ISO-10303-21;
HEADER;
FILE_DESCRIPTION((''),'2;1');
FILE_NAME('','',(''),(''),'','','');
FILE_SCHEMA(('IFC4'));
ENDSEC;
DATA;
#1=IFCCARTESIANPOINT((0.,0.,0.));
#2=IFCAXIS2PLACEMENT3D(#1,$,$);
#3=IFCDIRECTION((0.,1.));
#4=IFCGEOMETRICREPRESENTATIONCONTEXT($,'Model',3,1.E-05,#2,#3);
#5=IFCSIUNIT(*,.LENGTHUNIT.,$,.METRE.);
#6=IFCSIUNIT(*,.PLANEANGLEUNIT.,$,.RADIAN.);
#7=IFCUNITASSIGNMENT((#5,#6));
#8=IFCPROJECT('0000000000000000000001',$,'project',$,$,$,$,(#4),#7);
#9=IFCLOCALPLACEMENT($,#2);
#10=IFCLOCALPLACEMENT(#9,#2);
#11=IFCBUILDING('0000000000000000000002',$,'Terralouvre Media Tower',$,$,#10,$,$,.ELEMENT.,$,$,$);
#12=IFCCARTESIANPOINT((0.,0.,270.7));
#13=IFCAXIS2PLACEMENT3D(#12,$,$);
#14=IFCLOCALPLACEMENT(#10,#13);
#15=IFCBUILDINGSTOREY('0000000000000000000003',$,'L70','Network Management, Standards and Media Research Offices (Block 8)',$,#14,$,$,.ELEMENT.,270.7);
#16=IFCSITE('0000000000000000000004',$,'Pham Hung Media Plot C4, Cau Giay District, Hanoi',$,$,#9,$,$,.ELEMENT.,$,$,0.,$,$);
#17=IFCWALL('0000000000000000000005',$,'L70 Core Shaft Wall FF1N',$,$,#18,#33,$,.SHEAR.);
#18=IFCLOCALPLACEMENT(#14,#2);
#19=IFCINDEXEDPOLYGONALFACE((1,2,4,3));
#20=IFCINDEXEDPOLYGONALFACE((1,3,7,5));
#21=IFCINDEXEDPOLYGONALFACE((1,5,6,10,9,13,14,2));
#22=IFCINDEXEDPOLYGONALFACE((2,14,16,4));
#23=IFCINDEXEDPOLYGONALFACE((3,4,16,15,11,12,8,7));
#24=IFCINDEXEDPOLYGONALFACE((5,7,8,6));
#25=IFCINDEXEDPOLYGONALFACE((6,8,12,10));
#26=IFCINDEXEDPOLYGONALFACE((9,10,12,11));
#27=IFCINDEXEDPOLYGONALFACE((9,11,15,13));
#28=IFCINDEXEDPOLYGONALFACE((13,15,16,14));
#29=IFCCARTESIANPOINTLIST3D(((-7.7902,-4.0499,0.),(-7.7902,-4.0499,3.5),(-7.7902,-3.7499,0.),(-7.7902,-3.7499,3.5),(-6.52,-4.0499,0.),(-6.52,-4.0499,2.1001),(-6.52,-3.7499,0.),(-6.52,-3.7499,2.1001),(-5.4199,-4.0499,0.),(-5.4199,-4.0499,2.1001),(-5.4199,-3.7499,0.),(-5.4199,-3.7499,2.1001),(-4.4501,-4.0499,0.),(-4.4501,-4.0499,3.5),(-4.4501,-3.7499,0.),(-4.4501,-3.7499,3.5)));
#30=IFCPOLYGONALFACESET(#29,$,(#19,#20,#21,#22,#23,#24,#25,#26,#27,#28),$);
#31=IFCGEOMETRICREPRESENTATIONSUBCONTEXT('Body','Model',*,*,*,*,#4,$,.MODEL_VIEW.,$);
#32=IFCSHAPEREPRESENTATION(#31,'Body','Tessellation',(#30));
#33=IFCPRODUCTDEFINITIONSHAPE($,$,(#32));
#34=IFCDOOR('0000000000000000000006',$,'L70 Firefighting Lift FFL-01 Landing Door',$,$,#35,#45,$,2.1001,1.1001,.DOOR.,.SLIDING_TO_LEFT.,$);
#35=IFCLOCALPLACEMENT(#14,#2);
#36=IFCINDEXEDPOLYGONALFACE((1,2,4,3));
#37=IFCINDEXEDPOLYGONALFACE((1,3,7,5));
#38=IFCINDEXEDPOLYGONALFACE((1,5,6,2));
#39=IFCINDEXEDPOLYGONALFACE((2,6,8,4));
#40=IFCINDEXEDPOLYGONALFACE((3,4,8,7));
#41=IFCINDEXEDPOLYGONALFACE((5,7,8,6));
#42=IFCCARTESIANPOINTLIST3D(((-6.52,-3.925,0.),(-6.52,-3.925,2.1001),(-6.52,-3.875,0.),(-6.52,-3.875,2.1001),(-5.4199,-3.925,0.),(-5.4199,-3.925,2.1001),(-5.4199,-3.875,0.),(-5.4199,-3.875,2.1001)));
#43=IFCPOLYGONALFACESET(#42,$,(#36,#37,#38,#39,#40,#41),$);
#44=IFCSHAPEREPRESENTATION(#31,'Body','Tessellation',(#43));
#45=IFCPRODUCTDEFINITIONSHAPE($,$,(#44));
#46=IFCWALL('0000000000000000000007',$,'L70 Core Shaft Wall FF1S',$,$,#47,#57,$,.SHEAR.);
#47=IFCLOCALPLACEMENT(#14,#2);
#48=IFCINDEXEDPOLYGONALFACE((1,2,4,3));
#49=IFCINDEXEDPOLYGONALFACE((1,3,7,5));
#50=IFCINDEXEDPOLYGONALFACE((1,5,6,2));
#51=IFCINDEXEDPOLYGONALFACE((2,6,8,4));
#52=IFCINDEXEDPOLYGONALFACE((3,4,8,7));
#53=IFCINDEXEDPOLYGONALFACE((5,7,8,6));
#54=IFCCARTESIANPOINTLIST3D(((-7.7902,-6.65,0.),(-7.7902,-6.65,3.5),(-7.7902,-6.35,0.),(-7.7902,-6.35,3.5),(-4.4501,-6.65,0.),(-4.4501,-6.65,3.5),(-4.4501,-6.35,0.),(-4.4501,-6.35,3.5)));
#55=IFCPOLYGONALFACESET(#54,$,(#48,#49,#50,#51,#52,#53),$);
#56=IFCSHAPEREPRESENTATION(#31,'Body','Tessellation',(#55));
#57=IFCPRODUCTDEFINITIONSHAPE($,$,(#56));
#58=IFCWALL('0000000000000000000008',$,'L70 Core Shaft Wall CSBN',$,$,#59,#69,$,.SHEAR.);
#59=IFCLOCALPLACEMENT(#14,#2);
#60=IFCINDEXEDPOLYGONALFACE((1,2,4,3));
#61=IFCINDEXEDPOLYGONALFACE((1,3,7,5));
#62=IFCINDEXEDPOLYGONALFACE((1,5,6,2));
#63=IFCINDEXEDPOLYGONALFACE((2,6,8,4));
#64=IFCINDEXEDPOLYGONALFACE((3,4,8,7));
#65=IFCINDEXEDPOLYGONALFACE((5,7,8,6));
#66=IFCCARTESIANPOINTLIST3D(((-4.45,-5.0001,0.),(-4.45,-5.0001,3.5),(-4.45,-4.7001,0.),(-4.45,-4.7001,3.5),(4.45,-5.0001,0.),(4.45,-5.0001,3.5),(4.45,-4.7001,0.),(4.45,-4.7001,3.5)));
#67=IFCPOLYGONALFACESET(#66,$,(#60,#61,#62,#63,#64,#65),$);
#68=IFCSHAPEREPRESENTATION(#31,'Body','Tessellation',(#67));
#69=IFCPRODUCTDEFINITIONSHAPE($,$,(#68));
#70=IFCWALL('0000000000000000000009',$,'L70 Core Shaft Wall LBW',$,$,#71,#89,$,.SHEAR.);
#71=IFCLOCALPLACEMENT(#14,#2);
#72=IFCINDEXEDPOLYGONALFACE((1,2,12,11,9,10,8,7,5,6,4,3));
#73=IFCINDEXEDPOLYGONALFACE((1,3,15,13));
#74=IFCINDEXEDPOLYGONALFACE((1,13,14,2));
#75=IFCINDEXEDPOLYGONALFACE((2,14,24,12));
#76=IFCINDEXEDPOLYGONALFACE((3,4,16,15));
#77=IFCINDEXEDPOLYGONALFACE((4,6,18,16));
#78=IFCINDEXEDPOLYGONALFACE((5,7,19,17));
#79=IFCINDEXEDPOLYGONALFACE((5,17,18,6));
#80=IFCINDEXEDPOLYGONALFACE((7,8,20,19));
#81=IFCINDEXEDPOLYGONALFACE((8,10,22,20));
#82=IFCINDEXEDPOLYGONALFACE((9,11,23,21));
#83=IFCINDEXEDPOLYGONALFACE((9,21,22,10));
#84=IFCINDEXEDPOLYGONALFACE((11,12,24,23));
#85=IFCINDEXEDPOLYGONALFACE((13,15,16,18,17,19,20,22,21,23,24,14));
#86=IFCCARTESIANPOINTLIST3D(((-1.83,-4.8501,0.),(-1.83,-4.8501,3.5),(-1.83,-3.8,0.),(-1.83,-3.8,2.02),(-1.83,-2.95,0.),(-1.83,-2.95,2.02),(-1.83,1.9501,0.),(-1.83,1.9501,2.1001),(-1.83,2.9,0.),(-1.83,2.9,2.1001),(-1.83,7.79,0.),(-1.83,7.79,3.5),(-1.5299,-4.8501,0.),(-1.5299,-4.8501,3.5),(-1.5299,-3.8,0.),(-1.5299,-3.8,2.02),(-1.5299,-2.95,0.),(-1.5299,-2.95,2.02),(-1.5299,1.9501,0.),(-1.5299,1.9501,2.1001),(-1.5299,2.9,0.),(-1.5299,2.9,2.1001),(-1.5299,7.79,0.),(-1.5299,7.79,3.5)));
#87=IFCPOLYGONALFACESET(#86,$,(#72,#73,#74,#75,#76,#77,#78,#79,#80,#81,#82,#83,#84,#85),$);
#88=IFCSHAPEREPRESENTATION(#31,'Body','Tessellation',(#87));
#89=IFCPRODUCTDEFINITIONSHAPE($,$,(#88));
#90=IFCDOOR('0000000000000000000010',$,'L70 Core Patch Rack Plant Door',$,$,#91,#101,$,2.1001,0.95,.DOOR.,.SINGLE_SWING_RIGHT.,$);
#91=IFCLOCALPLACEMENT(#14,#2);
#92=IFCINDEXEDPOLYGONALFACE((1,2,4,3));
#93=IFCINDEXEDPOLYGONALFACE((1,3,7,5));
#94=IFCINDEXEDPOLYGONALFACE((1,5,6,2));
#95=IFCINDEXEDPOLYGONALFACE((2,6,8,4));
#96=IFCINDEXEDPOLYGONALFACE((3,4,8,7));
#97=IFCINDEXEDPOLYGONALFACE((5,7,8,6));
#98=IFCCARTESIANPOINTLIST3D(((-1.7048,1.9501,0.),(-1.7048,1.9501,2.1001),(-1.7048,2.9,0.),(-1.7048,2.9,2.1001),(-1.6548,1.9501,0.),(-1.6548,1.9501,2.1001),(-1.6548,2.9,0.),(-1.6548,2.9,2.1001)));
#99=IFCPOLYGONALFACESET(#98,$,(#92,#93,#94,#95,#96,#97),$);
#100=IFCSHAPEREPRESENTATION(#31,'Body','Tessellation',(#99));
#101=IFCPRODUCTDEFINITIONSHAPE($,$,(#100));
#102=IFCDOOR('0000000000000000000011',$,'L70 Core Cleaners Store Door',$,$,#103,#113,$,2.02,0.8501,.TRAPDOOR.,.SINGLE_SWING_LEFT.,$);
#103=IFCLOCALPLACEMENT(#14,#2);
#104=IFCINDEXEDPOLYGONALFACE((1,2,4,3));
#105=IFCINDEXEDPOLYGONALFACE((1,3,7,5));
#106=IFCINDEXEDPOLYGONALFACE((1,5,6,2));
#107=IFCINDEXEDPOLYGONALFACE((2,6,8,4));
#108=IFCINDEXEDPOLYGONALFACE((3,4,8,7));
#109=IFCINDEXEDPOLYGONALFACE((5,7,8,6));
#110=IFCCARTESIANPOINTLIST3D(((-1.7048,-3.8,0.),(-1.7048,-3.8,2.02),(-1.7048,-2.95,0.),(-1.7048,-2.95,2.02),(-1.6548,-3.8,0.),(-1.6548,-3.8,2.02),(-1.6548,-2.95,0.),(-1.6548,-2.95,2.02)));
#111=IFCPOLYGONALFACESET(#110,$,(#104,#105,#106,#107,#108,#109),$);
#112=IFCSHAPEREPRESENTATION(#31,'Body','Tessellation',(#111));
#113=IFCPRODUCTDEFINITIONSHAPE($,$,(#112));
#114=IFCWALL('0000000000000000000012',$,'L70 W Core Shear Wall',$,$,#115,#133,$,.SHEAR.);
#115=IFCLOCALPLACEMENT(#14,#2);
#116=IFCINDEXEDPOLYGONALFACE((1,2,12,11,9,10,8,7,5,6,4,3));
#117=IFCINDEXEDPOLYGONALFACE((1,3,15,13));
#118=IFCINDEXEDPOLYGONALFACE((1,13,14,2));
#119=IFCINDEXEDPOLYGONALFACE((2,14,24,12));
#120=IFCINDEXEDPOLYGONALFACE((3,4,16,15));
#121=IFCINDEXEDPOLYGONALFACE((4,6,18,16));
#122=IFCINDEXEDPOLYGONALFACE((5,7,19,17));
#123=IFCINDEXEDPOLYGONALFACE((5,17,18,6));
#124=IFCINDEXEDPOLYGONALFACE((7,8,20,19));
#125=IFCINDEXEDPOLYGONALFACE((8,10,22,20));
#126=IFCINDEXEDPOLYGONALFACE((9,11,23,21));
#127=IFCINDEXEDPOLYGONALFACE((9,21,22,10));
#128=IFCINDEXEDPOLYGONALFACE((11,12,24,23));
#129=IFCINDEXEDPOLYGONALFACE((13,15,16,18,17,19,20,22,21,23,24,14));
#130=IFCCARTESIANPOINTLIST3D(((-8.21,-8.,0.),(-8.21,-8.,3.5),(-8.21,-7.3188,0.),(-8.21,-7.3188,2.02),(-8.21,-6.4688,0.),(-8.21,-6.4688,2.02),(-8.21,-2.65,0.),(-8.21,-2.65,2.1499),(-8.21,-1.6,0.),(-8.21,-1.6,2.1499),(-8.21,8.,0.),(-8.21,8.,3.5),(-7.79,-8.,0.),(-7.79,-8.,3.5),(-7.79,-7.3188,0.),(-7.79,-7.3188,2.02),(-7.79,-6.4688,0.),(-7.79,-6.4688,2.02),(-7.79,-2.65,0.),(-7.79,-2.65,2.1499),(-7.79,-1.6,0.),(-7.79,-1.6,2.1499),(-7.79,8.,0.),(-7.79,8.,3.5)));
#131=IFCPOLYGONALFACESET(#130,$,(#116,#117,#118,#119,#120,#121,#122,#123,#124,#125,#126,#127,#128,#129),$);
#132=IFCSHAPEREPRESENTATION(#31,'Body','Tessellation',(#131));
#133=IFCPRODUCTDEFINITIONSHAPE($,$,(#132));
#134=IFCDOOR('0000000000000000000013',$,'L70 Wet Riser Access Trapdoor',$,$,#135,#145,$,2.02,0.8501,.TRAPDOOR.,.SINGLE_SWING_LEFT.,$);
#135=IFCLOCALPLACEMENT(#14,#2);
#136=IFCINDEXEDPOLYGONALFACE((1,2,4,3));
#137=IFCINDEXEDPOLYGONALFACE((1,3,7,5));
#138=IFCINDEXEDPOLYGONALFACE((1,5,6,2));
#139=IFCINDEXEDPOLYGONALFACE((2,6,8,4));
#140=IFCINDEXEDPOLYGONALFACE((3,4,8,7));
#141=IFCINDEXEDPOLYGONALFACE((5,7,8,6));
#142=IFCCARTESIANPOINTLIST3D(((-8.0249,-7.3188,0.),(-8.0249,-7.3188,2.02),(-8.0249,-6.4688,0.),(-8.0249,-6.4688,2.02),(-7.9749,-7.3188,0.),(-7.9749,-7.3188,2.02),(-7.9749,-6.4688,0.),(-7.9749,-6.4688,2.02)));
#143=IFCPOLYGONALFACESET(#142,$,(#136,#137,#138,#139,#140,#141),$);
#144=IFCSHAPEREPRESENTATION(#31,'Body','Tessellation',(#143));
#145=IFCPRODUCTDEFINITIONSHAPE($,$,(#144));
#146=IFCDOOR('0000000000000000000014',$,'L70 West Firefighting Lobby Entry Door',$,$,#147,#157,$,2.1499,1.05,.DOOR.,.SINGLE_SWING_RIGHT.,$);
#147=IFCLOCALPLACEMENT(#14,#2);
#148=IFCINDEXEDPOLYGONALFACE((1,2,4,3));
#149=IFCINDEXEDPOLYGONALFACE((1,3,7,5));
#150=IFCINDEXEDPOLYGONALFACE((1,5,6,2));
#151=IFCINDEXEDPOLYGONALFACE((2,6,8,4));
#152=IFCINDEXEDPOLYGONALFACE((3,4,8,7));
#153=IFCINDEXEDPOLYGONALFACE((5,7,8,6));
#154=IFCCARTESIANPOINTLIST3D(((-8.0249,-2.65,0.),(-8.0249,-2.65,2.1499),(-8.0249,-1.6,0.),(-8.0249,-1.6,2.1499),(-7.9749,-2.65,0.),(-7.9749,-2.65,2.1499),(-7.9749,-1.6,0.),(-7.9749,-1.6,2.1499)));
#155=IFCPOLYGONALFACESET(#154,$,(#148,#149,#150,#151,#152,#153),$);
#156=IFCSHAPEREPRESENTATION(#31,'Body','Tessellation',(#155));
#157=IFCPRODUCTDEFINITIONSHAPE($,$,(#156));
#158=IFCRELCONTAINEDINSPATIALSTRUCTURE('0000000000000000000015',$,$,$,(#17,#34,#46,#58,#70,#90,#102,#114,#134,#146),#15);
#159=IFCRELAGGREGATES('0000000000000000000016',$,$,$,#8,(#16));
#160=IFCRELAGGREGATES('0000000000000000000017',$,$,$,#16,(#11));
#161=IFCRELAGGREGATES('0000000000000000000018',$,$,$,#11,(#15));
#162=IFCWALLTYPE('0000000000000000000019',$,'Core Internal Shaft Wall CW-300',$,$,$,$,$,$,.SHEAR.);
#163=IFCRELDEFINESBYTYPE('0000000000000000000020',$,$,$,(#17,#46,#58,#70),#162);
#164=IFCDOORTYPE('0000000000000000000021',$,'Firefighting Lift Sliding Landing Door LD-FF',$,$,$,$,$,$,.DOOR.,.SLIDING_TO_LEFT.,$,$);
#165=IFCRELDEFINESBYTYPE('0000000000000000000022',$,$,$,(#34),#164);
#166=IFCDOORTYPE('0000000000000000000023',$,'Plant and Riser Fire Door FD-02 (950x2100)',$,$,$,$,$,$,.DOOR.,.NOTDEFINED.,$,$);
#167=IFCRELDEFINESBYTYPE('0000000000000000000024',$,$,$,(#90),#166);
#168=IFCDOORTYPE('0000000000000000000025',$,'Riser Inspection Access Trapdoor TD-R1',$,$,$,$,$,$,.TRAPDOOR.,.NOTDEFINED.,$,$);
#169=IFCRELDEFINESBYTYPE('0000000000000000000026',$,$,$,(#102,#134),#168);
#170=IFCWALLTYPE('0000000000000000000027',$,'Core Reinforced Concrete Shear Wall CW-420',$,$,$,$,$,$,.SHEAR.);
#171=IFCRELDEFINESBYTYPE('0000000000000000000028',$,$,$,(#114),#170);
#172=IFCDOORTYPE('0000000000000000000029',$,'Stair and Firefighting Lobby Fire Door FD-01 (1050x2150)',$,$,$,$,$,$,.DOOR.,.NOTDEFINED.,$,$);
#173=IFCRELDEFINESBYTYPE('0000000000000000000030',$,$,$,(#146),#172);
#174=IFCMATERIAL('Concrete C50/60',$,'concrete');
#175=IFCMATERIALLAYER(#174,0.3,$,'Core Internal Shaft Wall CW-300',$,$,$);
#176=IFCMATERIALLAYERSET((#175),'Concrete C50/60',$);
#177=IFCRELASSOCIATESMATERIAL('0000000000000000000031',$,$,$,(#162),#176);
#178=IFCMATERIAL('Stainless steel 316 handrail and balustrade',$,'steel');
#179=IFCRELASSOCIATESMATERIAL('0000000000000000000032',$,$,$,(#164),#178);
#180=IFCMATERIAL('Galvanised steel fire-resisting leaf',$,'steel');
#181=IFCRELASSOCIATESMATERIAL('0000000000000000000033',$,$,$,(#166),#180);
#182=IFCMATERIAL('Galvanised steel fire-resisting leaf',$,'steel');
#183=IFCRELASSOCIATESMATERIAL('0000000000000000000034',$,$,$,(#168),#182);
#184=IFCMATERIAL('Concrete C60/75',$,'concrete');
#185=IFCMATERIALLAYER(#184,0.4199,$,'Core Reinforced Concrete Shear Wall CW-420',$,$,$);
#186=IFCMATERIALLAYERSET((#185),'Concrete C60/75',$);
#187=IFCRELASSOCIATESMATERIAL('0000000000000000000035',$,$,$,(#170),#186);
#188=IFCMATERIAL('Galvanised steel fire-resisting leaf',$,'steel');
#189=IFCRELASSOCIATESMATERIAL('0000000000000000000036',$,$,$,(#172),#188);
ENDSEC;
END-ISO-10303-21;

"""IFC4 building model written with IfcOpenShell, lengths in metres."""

from ifc_helpers import new_model, si_unit, direction, frame, frame_2d, origin, place, context, subcontext, project, spatial, rectangle, extrude, material, layer, layer_set, type_object, element, fill, save


model = new_model("IFC4")

# Units and contexts
model_context = context("Model", 3, precision=1e-05, world=origin(), true_north=direction((0.0, 1.0)))
body_context = subcontext(model_context, "Body", "Model", "MODEL_VIEW")
ifc_project = project(units=[si_unit("LENGTHUNIT", "METRE"), si_unit("PLANEANGLEUNIT", "RADIAN")], contexts=[model_context])

# Site, building, storey
site_placement = place(None, origin())
site = spatial("IfcSite", under=ifc_project, at=site_placement, Name="Pham Hung Media Plot C4, Cau Giay District, Hanoi", CompositionType="ELEMENT", RefElevation=0.0)
building_placement = place(site_placement, origin())
building = spatial("IfcBuilding", under=site, at=building_placement, Name="Terralouvre Media Tower", CompositionType="ELEMENT")
storey_placement = place(building_placement, frame((0.0, 0.0, 270.7)))
storey = spatial("IfcBuildingStorey", under=building, at=storey_placement, Name="L70", Description="Network Management, Standards and Media Research Offices (Block 8)", CompositionType="ELEMENT", Elevation=270.7)

# Shared definitions
ifc_material_1 = material(Name="Concrete C50/60", Category="concrete")
ifc_layer_1 = layer(ifc_material_1, 0.3, Name="Core Internal Shaft Wall CW-300")
ifc_layer_set_1 = layer_set([ifc_layer_1], Name="Concrete C50/60")
wall_type_1 = type_object("IfcWallType", Name="Core Internal Shaft Wall CW-300", PredefinedType="SHEAR", material=ifc_layer_set_1)

# Wall, opening, door
wall_1_placement = place(storey_placement, frame((-7.79, -3.8999, 0.0), z_axis=(0.0, 0.0, 1.0), x_axis=(1.0, 0.0, 0.0)))
wall_1 = element("IfcWall", 1, at=wall_1_placement, inside=storey, type_object=wall_type_1, Name="L70 Core Shaft Wall FF1N", PredefinedType="SHEAR", context=body_context, shape_type="SweptSolid", body=[
    extrude(rectangle(XDim=3.3401, YDim=0.3, at=frame_2d((1.6699, 0.0))), origin(), (0.0, 0.0, 1.0), 3.5),
])
opening_1_placement = place(wall_1_placement, frame((1.27, 0.0, 0.0)))
opening_1 = element("IfcOpeningElement", 2, at=opening_1_placement, cuts=wall_1, PredefinedType="OPENING", context=body_context, shape_type="SweptSolid", body=[
    extrude(rectangle(XDim=1.1001, YDim=2.1001, at=frame_2d((0.55, 1.05))), frame((0.0, 0.1599, 0.0), z_axis=(0.0, -1.0, 0.0), x_axis=(1.0, 0.0, 0.0)), (0.0, 0.0, 1.0), 0.3201),
])
ifc_material_2 = material(Name="Stainless steel 316 handrail and balustrade", Category="steel")
door_type_1 = type_object("IfcDoorType", Name="Firefighting Lift Sliding Landing Door LD-FF", OperationType="SLIDING_TO_LEFT", PredefinedType="DOOR", material=ifc_material_2)
door_1_placement = place(opening_1_placement, origin())
door_1 = element("IfcDoor", 3, at=door_1_placement, inside=storey, type_object=door_type_1, Name="L70 Firefighting Lift FFL-01 Landing Door", OperationType="SLIDING_TO_LEFT", OverallHeight=2.1001, OverallWidth=1.1001, PredefinedType="DOOR", context=body_context, shape_type="SweptSolid", body=[
    extrude(rectangle(XDim=1.1001, YDim=2.1001, at=frame_2d((0.55, 1.05))), frame((0.0, 0.0249, 0.0), z_axis=(0.0, -1.0, 0.0), x_axis=(1.0, 0.0, 0.0)), (0.0, 0.0, 1.0), 0.05),
])
fill(opening_1, door_1)

# Walls
wall_2_placement = place(storey_placement, frame((-7.79, -6.5, 0.0), z_axis=(0.0, 0.0, 1.0), x_axis=(1.0, 0.0, 0.0)))
element("IfcWall", 4, at=wall_2_placement, inside=storey, type_object=wall_type_1, Name="L70 Core Shaft Wall FF1S", PredefinedType="SHEAR", context=body_context, shape_type="SweptSolid", body=[
    extrude(rectangle(XDim=3.3401, YDim=0.3, at=frame_2d((1.6699, 0.0))), origin(), (0.0, 0.0, 1.0), 3.5),
])
wall_3_placement = place(storey_placement, frame((-4.45, -4.8501, 0.0), z_axis=(0.0, 0.0, 1.0), x_axis=(1.0, 0.0, 0.0)))
element("IfcWall", 5, at=wall_3_placement, inside=storey, type_object=wall_type_1, Name="L70 Core Shaft Wall CSBN", PredefinedType="SHEAR", context=body_context, shape_type="SweptSolid", body=[
    extrude(rectangle(XDim=8.8999, YDim=0.3, at=frame_2d((4.45, 0.0))), origin(), (0.0, 0.0, 1.0), 3.5),
])

# Walls, openings, doors
wall_4_placement = place(storey_placement, frame((-1.6799, -4.8501, 0.0), z_axis=(0.0, 0.0, 1.0), x_axis=(0.0, 1.0, 0.0)))
wall_4 = element("IfcWall", 6, at=wall_4_placement, inside=storey, type_object=wall_type_1, Name="L70 Core Shaft Wall LBW", PredefinedType="SHEAR", context=body_context, shape_type="SweptSolid", body=[
    extrude(rectangle(XDim=12.6401, YDim=0.3, at=frame_2d((6.3201, 0.0))), origin(), (0.0, 0.0, 1.0), 3.5),
])
opening_2_placement = place(wall_4_placement, frame((1.05, 0.0, 0.0)))
opening_2 = element("IfcOpeningElement", 7, at=opening_2_placement, cuts=wall_4, PredefinedType="OPENING", context=body_context, shape_type="SweptSolid", body=[
    extrude(rectangle(XDim=0.8501, YDim=2.02, at=frame_2d((0.425, 1.01))), frame((0.0, 0.1599, 0.0), z_axis=(0.0, -1.0, 0.0), x_axis=(1.0, 0.0, 0.0)), (0.0, 0.0, 1.0), 0.3201),
])
opening_3_placement = place(wall_4_placement, frame((6.8, 0.0, 0.0)))
opening_3 = element("IfcOpeningElement", 8, at=opening_3_placement, cuts=wall_4, PredefinedType="OPENING", context=body_context, shape_type="SweptSolid", body=[
    extrude(rectangle(XDim=0.95, YDim=2.1001, at=frame_2d((0.4751, 1.05))), frame((0.0, 0.1599, 0.0), z_axis=(0.0, -1.0, 0.0), x_axis=(1.0, 0.0, 0.0)), (0.0, 0.0, 1.0), 0.3201),
])
ifc_material_3 = material(Name="Galvanised steel fire-resisting leaf", Category="steel")
door_type_2 = type_object("IfcDoorType", Name="Plant and Riser Fire Door FD-02 (950x2100)", OperationType="NOTDEFINED", PredefinedType="DOOR", material=ifc_material_3)
door_2_placement = place(opening_3_placement, origin())
door_2 = element("IfcDoor", 9, at=door_2_placement, inside=storey, type_object=door_type_2, Name="L70 Core Patch Rack Plant Door", OperationType="SINGLE_SWING_RIGHT", OverallHeight=2.1001, OverallWidth=0.95, PredefinedType="DOOR", context=body_context, shape_type="SweptSolid", body=[
    extrude(rectangle(XDim=0.95, YDim=2.1001, at=frame_2d((0.4751, 1.05))), frame((0.0, 0.0249, 0.0), z_axis=(0.0, -1.0, 0.0), x_axis=(1.0, 0.0, 0.0)), (0.0, 0.0, 1.0), 0.05),
])
fill(opening_3, door_2)
ifc_material_4 = material(Name="Galvanised steel fire-resisting leaf", Category="steel")
door_type_3 = type_object("IfcDoorType", Name="Riser Inspection Access Trapdoor TD-R1", OperationType="NOTDEFINED", PredefinedType="TRAPDOOR", material=ifc_material_4)
door_3_placement = place(opening_2_placement, origin())
door_3 = element("IfcDoor", 10, at=door_3_placement, inside=storey, type_object=door_type_3, Name="L70 Core Cleaners Store Door", OperationType="SINGLE_SWING_LEFT", OverallHeight=2.02, OverallWidth=0.8501, PredefinedType="TRAPDOOR", context=body_context, shape_type="SweptSolid", body=[
    extrude(rectangle(XDim=0.8501, YDim=2.02, at=frame_2d((0.425, 1.01))), frame((0.0, 0.0249, 0.0), z_axis=(0.0, -1.0, 0.0), x_axis=(1.0, 0.0, 0.0)), (0.0, 0.0, 1.0), 0.05),
])
fill(opening_2, door_3)
ifc_material_5 = material(Name="Concrete C60/75", Category="concrete")
ifc_layer_2 = layer(ifc_material_5, 0.4199, Name="Core Reinforced Concrete Shear Wall CW-420")
ifc_layer_set_2 = layer_set([ifc_layer_2], Name="Concrete C60/75")
wall_type_2 = type_object("IfcWallType", Name="Core Reinforced Concrete Shear Wall CW-420", PredefinedType="SHEAR", material=ifc_layer_set_2)
wall_5_placement = place(storey_placement, frame((-8.0, -8.0, 0.0), z_axis=(0.0, 0.0, 1.0), x_axis=(0.0, 1.0, 0.0)))
wall_5 = element("IfcWall", 11, at=wall_5_placement, inside=storey, type_object=wall_type_2, Name="L70 W Core Shear Wall", PredefinedType="SHEAR", context=body_context, shape_type="SweptSolid", body=[
    extrude(rectangle(XDim=16.0, YDim=0.4199, at=frame_2d((8.0, 0.0))), origin(), (0.0, 0.0, 1.0), 3.5),
])
opening_4_placement = place(wall_5_placement, frame((0.6812, 0.0, 0.0)))
opening_4 = element("IfcOpeningElement", 12, at=opening_4_placement, cuts=wall_5, PredefinedType="OPENING", context=body_context, shape_type="SweptSolid", body=[
    extrude(rectangle(XDim=0.8501, YDim=2.02, at=frame_2d((0.425, 1.01))), frame((0.0, 0.22, 0.0), z_axis=(0.0, -1.0, 0.0), x_axis=(1.0, 0.0, 0.0)), (0.0, 0.0, 1.0), 0.4399),
])
opening_5_placement = place(wall_5_placement, frame((5.3501, 0.0, 0.0)))
opening_5 = element("IfcOpeningElement", 13, at=opening_5_placement, cuts=wall_5, PredefinedType="OPENING", context=body_context, shape_type="SweptSolid", body=[
    extrude(rectangle(XDim=1.05, YDim=2.1499, at=frame_2d((0.5249, 1.075))), frame((0.0, 0.22, 0.0), z_axis=(0.0, -1.0, 0.0), x_axis=(1.0, 0.0, 0.0)), (0.0, 0.0, 1.0), 0.4399),
])
door_4_placement = place(opening_4_placement, origin())
door_4 = element("IfcDoor", 14, at=door_4_placement, inside=storey, type_object=door_type_3, Name="L70 Wet Riser Access Trapdoor", OperationType="SINGLE_SWING_LEFT", OverallHeight=2.02, OverallWidth=0.8501, PredefinedType="TRAPDOOR", context=body_context, shape_type="SweptSolid", body=[
    extrude(rectangle(XDim=0.8501, YDim=2.02, at=frame_2d((0.425, 1.01))), frame((0.0, 0.0249, 0.0), z_axis=(0.0, -1.0, 0.0), x_axis=(1.0, 0.0, 0.0)), (0.0, 0.0, 1.0), 0.05),
])
fill(opening_4, door_4)
ifc_material_6 = material(Name="Galvanised steel fire-resisting leaf", Category="steel")
door_type_4 = type_object("IfcDoorType", Name="Stair and Firefighting Lobby Fire Door FD-01 (1050x2150)", OperationType="NOTDEFINED", PredefinedType="DOOR", material=ifc_material_6)
door_5_placement = place(opening_5_placement, origin())
door_5 = element("IfcDoor", 15, at=door_5_placement, inside=storey, type_object=door_type_4, Name="L70 West Firefighting Lobby Entry Door", OperationType="SINGLE_SWING_RIGHT", OverallHeight=2.1499, OverallWidth=1.05, PredefinedType="DOOR", context=body_context, shape_type="SweptSolid", body=[
    extrude(rectangle(XDim=1.05, YDim=2.1499, at=frame_2d((0.5249, 1.075))), frame((0.0, 0.0249, 0.0), z_axis=(0.0, -1.0, 0.0), x_axis=(1.0, 0.0, 0.0)), (0.0, 0.0, 1.0), 0.05),
])
fill(opening_5, door_5)

save(model, "model.ifc")
